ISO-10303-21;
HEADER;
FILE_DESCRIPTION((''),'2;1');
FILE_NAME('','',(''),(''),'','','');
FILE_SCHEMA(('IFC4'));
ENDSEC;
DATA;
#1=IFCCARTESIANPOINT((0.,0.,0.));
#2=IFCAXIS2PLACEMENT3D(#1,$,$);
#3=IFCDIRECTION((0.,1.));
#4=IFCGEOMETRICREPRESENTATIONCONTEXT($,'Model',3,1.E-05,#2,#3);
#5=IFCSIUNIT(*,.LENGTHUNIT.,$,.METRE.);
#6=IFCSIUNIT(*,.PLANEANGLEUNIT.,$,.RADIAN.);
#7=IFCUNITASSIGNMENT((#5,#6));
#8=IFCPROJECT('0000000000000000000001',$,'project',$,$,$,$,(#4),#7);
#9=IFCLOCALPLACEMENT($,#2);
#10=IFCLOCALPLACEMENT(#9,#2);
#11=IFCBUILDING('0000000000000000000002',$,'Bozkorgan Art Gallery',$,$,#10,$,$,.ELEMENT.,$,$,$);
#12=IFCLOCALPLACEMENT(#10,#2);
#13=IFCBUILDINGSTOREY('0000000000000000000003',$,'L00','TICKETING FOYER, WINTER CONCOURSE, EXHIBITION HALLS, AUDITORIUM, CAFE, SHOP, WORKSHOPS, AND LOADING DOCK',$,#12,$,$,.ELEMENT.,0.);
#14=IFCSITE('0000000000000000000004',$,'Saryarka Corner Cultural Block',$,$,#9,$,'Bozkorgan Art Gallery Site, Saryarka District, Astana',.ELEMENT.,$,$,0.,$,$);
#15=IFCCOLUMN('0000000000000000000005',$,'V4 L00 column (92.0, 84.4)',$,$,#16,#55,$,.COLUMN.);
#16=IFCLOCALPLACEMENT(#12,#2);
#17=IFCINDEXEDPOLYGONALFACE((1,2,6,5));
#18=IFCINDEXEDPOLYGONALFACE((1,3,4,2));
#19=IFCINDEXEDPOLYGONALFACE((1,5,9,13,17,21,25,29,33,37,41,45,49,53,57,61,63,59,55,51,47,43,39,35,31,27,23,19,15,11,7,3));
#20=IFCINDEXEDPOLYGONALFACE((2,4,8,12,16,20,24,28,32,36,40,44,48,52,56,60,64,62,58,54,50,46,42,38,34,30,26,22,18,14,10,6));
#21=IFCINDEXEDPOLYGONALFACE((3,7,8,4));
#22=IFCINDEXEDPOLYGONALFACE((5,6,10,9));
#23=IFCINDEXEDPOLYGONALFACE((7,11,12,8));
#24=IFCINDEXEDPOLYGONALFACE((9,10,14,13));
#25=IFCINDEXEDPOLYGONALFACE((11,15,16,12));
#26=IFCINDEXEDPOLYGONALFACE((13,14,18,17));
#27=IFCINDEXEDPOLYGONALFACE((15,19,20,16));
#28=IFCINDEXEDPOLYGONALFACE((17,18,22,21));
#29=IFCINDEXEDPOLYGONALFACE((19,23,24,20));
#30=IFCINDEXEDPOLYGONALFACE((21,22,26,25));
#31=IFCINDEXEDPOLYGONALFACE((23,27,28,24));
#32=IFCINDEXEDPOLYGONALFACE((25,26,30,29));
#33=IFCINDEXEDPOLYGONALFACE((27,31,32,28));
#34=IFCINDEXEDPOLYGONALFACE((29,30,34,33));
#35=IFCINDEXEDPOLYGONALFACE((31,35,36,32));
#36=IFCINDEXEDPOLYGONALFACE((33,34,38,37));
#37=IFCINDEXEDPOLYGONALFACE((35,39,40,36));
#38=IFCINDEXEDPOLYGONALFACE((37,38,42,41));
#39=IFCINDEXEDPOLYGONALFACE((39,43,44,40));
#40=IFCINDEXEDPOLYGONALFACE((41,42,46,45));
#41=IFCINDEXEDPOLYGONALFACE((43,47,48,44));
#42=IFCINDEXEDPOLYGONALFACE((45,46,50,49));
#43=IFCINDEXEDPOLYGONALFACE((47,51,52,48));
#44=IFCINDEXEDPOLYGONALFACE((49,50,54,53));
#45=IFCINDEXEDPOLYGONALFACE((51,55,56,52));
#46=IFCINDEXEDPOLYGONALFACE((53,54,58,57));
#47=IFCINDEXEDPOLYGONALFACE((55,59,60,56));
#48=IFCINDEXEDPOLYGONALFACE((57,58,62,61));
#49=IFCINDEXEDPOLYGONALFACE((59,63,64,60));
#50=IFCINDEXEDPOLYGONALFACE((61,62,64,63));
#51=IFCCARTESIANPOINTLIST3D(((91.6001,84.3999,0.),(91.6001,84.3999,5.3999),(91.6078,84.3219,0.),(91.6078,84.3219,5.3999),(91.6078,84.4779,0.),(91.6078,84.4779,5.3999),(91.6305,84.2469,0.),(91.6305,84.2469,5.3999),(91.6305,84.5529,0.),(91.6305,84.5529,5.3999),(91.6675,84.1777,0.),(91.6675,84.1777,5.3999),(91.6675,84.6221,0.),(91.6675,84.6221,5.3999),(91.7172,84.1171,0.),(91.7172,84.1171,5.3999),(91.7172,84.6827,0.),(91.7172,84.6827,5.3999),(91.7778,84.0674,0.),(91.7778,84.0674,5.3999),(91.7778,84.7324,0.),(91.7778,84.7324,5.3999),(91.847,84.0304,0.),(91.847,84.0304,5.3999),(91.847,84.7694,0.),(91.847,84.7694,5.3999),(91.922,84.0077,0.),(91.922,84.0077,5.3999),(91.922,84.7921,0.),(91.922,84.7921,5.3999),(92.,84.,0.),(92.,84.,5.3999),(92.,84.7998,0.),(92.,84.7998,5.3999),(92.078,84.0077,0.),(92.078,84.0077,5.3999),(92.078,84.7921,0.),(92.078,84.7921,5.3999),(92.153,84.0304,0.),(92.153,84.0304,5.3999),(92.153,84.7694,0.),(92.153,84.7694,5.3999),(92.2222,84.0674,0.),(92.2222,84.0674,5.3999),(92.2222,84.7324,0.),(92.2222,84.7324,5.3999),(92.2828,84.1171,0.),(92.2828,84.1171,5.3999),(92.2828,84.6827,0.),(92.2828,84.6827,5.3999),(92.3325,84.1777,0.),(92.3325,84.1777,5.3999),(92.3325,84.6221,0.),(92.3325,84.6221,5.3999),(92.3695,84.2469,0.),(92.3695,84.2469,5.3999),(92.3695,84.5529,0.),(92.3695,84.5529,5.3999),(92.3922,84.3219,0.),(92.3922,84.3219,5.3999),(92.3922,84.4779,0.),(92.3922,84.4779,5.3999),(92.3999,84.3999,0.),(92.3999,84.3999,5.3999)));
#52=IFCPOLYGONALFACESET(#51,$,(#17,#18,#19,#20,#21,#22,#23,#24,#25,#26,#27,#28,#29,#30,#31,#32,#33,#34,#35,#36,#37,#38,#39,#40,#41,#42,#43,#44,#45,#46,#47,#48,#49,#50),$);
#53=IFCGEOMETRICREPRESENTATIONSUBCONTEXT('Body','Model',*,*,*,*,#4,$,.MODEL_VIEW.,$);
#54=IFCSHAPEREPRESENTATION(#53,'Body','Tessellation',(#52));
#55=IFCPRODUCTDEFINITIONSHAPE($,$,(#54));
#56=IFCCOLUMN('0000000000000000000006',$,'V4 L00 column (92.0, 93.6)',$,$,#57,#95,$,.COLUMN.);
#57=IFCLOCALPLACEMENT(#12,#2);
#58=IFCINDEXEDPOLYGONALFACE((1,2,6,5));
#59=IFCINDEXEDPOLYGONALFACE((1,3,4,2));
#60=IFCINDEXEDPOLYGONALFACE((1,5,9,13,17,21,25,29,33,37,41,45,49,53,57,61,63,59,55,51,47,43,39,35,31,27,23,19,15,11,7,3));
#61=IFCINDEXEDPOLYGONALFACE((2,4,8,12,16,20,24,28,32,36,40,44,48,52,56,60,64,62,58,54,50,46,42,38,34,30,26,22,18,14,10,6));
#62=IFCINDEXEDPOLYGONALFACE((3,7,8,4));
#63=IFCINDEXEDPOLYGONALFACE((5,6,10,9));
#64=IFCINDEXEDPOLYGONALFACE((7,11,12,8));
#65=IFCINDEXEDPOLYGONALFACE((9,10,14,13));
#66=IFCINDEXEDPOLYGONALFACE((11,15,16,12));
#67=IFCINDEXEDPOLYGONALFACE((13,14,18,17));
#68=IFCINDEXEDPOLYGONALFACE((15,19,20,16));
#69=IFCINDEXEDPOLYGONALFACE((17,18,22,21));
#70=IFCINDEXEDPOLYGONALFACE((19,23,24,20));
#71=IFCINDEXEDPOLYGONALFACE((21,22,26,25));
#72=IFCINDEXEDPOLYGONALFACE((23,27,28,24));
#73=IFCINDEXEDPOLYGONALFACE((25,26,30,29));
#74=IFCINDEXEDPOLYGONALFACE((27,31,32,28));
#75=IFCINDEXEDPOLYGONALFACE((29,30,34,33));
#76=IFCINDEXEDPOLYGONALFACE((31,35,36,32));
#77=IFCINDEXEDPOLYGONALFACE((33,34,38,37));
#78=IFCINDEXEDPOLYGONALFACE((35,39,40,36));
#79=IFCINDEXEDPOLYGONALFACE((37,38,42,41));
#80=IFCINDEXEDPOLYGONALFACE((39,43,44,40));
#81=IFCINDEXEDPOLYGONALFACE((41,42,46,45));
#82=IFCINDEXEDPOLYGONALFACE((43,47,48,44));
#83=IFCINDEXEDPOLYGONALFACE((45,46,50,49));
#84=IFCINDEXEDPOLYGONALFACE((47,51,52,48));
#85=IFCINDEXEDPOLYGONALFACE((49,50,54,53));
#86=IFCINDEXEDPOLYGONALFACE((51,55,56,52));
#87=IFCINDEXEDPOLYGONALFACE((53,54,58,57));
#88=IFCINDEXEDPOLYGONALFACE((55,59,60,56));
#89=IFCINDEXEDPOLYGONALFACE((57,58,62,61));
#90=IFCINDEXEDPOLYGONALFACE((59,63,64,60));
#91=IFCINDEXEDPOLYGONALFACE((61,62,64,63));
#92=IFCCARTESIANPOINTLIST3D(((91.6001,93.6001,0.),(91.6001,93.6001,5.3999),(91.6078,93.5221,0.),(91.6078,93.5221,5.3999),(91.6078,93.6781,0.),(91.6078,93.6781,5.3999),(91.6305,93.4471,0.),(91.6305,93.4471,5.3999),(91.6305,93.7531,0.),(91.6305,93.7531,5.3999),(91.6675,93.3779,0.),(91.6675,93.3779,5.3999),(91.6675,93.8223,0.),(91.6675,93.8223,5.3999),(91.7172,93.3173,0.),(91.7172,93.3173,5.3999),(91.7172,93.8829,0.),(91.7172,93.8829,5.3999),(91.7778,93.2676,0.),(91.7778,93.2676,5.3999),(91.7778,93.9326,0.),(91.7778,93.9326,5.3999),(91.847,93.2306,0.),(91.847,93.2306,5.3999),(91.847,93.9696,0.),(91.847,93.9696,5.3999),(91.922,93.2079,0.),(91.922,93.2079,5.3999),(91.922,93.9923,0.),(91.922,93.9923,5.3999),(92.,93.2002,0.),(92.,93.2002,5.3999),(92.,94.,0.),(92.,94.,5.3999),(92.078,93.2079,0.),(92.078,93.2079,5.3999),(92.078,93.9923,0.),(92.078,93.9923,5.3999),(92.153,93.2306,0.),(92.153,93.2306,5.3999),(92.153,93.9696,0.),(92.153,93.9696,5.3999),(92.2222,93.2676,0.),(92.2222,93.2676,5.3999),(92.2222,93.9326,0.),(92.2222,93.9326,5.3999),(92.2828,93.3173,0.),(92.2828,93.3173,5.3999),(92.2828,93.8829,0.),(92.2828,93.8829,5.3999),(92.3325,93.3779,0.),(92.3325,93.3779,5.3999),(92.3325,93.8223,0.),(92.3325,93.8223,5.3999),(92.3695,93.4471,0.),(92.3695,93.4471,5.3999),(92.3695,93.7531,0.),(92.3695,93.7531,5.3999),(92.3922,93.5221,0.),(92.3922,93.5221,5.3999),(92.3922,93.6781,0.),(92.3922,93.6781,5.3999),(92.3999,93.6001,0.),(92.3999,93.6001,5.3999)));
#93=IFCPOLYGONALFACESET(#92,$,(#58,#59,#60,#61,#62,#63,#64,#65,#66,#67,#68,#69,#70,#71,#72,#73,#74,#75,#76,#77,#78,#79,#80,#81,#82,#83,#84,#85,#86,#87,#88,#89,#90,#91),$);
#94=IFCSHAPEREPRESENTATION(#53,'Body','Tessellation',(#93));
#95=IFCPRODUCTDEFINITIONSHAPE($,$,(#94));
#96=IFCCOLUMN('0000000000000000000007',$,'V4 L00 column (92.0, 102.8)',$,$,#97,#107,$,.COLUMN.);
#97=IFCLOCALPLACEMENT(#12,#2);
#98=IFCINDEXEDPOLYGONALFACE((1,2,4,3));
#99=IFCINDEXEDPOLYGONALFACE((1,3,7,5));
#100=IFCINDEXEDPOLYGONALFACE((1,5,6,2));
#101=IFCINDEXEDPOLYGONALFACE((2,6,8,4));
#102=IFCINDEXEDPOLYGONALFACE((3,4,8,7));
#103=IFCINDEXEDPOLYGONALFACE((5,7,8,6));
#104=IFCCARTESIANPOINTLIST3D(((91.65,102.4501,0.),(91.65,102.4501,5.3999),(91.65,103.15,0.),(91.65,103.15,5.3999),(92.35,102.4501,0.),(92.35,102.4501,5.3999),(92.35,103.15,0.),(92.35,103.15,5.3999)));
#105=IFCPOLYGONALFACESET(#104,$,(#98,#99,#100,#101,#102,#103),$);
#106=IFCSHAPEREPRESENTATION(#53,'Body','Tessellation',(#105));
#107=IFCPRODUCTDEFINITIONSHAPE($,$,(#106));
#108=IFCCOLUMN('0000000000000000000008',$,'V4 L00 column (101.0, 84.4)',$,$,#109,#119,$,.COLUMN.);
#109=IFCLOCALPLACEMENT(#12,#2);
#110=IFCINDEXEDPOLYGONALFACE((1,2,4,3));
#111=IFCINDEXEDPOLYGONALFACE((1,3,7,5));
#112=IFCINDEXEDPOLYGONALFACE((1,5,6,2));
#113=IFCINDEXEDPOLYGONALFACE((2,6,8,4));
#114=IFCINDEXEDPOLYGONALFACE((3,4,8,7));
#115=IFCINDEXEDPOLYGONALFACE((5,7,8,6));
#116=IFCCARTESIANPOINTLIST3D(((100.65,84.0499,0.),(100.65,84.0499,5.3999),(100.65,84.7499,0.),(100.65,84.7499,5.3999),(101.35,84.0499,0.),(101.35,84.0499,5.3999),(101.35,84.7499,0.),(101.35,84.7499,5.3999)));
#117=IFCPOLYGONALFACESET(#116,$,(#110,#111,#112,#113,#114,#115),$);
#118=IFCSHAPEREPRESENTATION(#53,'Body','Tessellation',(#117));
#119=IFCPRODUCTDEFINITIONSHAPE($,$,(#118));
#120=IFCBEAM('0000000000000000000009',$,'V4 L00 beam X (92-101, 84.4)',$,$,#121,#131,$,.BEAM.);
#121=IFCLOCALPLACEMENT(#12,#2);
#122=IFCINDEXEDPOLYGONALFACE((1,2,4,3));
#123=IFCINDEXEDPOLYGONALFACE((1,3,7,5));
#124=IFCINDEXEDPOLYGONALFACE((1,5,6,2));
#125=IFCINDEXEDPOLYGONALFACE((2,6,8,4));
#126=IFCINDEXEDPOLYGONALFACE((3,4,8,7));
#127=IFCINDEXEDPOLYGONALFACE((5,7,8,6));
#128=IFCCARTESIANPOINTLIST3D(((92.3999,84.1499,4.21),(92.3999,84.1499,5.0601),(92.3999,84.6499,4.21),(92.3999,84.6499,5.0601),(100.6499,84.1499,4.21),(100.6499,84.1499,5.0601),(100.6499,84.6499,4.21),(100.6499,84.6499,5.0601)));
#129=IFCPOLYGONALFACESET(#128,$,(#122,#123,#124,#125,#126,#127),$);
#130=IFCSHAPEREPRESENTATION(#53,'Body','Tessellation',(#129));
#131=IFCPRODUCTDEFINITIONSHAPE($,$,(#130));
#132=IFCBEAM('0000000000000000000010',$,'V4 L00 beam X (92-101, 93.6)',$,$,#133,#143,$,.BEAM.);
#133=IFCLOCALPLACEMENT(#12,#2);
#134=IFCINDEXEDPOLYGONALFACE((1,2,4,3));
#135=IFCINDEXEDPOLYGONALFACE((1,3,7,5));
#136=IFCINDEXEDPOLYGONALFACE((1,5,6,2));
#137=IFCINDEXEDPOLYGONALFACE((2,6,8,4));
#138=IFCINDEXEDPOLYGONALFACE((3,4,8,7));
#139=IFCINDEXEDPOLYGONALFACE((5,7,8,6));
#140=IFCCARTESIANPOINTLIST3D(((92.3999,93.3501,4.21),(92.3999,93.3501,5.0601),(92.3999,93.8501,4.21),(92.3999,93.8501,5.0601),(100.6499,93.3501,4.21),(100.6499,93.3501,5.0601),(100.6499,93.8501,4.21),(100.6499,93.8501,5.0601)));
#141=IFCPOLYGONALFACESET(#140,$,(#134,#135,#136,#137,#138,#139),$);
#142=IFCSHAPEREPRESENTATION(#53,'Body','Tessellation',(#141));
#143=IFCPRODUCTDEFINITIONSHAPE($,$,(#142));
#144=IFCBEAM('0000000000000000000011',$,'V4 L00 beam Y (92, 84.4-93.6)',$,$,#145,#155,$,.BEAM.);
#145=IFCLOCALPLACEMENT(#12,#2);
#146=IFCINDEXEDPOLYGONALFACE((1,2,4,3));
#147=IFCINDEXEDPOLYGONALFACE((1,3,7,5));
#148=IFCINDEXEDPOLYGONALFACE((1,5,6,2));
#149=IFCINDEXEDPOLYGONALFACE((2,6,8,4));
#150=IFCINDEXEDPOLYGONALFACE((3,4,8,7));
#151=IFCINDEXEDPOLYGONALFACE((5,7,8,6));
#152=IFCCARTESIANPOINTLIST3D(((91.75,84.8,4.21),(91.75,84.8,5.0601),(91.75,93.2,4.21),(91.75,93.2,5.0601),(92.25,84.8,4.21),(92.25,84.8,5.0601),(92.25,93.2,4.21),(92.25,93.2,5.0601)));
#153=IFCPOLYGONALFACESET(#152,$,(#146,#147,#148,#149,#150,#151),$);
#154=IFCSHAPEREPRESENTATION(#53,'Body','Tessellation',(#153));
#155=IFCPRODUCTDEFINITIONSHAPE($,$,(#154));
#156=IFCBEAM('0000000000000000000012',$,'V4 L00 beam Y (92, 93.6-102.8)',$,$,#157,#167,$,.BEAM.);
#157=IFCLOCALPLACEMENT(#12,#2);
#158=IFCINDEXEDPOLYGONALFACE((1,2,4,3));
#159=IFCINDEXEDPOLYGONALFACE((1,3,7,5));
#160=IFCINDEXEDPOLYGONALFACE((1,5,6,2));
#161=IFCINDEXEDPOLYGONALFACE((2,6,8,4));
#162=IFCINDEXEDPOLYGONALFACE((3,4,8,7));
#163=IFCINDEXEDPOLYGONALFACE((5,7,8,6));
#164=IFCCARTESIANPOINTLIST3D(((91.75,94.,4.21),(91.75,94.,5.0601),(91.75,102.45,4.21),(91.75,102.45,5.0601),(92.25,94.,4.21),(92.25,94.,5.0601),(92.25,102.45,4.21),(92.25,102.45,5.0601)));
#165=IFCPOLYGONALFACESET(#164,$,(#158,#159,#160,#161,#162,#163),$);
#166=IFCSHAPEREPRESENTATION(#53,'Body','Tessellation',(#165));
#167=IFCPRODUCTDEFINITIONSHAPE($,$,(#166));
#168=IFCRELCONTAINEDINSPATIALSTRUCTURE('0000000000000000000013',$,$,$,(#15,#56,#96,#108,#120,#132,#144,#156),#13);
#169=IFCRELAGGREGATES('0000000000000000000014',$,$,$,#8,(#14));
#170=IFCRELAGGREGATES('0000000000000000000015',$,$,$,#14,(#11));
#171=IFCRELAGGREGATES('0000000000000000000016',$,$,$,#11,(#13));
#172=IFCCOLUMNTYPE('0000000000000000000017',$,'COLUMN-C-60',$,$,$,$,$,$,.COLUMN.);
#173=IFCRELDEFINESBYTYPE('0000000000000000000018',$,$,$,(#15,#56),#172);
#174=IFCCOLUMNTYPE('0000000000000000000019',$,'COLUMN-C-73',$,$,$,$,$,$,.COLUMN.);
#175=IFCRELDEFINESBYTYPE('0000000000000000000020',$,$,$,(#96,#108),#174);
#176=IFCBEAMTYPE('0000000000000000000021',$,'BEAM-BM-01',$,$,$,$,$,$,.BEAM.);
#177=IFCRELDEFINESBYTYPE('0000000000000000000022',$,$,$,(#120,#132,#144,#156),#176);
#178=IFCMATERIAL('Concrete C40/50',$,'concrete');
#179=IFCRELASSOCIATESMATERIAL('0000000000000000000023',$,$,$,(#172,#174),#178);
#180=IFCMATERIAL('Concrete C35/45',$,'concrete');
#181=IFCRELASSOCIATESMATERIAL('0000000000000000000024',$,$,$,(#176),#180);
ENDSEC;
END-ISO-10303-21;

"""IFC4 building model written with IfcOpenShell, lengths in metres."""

from ifc_helpers import new_model, si_unit, direction, frame, origin, origin_2d, place, context, subcontext, project, spatial, rectangle, circle, extrude, material, material_profile, profile_set, type_object, element, save


model = new_model("IFC4")

# Units and contexts
model_context = context("Model", 3, precision=1e-05, world=origin(), true_north=direction((0.0, 1.0)))
body_context = subcontext(model_context, "Body", "Model", "MODEL_VIEW")
ifc_project = project(units=[si_unit("LENGTHUNIT", "METRE"), si_unit("PLANEANGLEUNIT", "RADIAN")], contexts=[model_context])

# Site, building, storey
site_placement = place(None, origin())
site = spatial("IfcSite", under=ifc_project, at=site_placement, Name="Saryarka Corner Cultural Block", LongName="Bozkorgan Art Gallery Site, Saryarka District, Astana", CompositionType="ELEMENT", RefElevation=0.0)
building_placement = place(site_placement, origin())
building = spatial("IfcBuilding", under=site, at=building_placement, Name="Bozkorgan Art Gallery", CompositionType="ELEMENT")
storey_placement = place(building_placement, origin())
storey = spatial("IfcBuildingStorey", under=building, at=storey_placement, Name="L00", Description="TICKETING FOYER, WINTER CONCOURSE, EXHIBITION HALLS, AUDITORIUM, CAFE, SHOP, WORKSHOPS, AND LOADING DOCK", CompositionType="ELEMENT", Elevation=0.0)

# Columns
ifc_material_1 = material(Name="Concrete C40/50", Category="concrete")
ifc_material_profile_1 = material_profile(ifc_material_1, circle(Radius=0.3999, at=origin_2d()), Name="RC D800")
ifc_profile_set_1 = profile_set([ifc_material_profile_1], Name="Concrete C40/50")
column_type_1 = type_object("IfcColumnType", Name="COLUMN-C-60", PredefinedType="COLUMN", material=ifc_profile_set_1)
for number, where, z_axis, x_axis, name in (
    (1, (92.0, 84.3999, 0.0), (0.0, 0.0, 1.0), (1.0, 0.0, 0.0), "V4 L00 column (92.0, 84.4)"),
    (2, (92.0, 93.6001, 0.0), (0.0, 0.0, 1.0), (1.0, 0.0, 0.0), "V4 L00 column (92.0, 93.6)"),
):
    element("IfcColumn", number, at=place(storey_placement, frame(where, z_axis=z_axis, x_axis=x_axis)), inside=storey, type_object=column_type_1, Name=name, PredefinedType="COLUMN", context=body_context, shape_type="SweptSolid", body=[
        extrude(circle(Radius=0.3999, at=origin_2d()), origin(), (0.0, 0.0, 1.0), 5.3999),
    ])
ifc_material_profile_2 = material_profile(ifc_material_1, rectangle(XDim=0.7, YDim=0.7, at=origin_2d()), Name="RC 700x700")
ifc_profile_set_2 = profile_set([ifc_material_profile_2], Name="Concrete C40/50")
column_type_2 = type_object("IfcColumnType", Name="COLUMN-C-73", PredefinedType="COLUMN", material=ifc_profile_set_2)
for number, where, z_axis, x_axis, name in (
    (3, (92.0, 102.8, 0.0), (0.0, 0.0, 1.0), (1.0, 0.0, 0.0), "V4 L00 column (92.0, 102.8)"),
    (4, (101.0, 84.3999, 0.0), (0.0, 0.0, 1.0), (1.0, 0.0, 0.0), "V4 L00 column (101.0, 84.4)"),
):
    element("IfcColumn", number, at=place(storey_placement, frame(where, z_axis=z_axis, x_axis=x_axis)), inside=storey, type_object=column_type_2, Name=name, PredefinedType="COLUMN", context=body_context, shape_type="SweptSolid", body=[
        extrude(rectangle(XDim=0.7, YDim=0.7, at=origin_2d()), origin(), (0.0, 0.0, 1.0), 5.3999),
    ])

# Beams
ifc_material_2 = material(Name="Concrete C35/45", Category="concrete")
ifc_material_profile_3 = material_profile(ifc_material_2, rectangle(XDim=0.5, YDim=0.8501, at=origin_2d()), Name="RC 500x850")
ifc_profile_set_3 = profile_set([ifc_material_profile_3], Name="Concrete C35/45")
beam_type_1 = type_object("IfcBeamType", Name="BEAM-BM-01", PredefinedType="BEAM", material=ifc_profile_set_3)
for number, where, z_axis, x_axis, name in (
    (5, (92.3999, 84.3999, 4.635), (1.0, 0.0, 0.0), (0.0, 1.0, 0.0), "V4 L00 beam X (92-101, 84.4)"),
    (6, (92.3999, 93.6001, 4.635), (1.0, 0.0, 0.0), (0.0, 1.0, 0.0), "V4 L00 beam X (92-101, 93.6)"),
):
    element("IfcBeam", number, at=place(storey_placement, frame(where, z_axis=z_axis, x_axis=x_axis)), inside=storey, type_object=beam_type_1, Name=name, PredefinedType="BEAM", context=body_context, shape_type="SweptSolid", body=[
        extrude(rectangle(XDim=0.5, YDim=0.8501, at=origin_2d()), origin(), (0.0, 0.0, 1.0), 8.25),
    ])
beam_1_placement = place(storey_placement, frame((92.0, 84.8, 4.635), z_axis=(0.0, 1.0, 0.0), x_axis=(-1.0, 0.0, 0.0)))
element("IfcBeam", 7, at=beam_1_placement, inside=storey, type_object=beam_type_1, Name="V4 L00 beam Y (92, 84.4-93.6)", PredefinedType="BEAM", context=body_context, shape_type="SweptSolid", body=[
    extrude(rectangle(XDim=0.5, YDim=0.8501, at=origin_2d()), origin(), (0.0, 0.0, 1.0), 8.3999),
])
beam_2_placement = place(storey_placement, frame((92.0, 94.0, 4.635), z_axis=(0.0, 1.0, 0.0), x_axis=(-1.0, 0.0, 0.0)))
element("IfcBeam", 8, at=beam_2_placement, inside=storey, type_object=beam_type_1, Name="V4 L00 beam Y (92, 93.6-102.8)", PredefinedType="BEAM", context=body_context, shape_type="SweptSolid", body=[
    extrude(rectangle(XDim=0.5, YDim=0.8501, at=origin_2d()), origin(), (0.0, 0.0, 1.0), 8.45),
])

save(model, "model.ifc")
